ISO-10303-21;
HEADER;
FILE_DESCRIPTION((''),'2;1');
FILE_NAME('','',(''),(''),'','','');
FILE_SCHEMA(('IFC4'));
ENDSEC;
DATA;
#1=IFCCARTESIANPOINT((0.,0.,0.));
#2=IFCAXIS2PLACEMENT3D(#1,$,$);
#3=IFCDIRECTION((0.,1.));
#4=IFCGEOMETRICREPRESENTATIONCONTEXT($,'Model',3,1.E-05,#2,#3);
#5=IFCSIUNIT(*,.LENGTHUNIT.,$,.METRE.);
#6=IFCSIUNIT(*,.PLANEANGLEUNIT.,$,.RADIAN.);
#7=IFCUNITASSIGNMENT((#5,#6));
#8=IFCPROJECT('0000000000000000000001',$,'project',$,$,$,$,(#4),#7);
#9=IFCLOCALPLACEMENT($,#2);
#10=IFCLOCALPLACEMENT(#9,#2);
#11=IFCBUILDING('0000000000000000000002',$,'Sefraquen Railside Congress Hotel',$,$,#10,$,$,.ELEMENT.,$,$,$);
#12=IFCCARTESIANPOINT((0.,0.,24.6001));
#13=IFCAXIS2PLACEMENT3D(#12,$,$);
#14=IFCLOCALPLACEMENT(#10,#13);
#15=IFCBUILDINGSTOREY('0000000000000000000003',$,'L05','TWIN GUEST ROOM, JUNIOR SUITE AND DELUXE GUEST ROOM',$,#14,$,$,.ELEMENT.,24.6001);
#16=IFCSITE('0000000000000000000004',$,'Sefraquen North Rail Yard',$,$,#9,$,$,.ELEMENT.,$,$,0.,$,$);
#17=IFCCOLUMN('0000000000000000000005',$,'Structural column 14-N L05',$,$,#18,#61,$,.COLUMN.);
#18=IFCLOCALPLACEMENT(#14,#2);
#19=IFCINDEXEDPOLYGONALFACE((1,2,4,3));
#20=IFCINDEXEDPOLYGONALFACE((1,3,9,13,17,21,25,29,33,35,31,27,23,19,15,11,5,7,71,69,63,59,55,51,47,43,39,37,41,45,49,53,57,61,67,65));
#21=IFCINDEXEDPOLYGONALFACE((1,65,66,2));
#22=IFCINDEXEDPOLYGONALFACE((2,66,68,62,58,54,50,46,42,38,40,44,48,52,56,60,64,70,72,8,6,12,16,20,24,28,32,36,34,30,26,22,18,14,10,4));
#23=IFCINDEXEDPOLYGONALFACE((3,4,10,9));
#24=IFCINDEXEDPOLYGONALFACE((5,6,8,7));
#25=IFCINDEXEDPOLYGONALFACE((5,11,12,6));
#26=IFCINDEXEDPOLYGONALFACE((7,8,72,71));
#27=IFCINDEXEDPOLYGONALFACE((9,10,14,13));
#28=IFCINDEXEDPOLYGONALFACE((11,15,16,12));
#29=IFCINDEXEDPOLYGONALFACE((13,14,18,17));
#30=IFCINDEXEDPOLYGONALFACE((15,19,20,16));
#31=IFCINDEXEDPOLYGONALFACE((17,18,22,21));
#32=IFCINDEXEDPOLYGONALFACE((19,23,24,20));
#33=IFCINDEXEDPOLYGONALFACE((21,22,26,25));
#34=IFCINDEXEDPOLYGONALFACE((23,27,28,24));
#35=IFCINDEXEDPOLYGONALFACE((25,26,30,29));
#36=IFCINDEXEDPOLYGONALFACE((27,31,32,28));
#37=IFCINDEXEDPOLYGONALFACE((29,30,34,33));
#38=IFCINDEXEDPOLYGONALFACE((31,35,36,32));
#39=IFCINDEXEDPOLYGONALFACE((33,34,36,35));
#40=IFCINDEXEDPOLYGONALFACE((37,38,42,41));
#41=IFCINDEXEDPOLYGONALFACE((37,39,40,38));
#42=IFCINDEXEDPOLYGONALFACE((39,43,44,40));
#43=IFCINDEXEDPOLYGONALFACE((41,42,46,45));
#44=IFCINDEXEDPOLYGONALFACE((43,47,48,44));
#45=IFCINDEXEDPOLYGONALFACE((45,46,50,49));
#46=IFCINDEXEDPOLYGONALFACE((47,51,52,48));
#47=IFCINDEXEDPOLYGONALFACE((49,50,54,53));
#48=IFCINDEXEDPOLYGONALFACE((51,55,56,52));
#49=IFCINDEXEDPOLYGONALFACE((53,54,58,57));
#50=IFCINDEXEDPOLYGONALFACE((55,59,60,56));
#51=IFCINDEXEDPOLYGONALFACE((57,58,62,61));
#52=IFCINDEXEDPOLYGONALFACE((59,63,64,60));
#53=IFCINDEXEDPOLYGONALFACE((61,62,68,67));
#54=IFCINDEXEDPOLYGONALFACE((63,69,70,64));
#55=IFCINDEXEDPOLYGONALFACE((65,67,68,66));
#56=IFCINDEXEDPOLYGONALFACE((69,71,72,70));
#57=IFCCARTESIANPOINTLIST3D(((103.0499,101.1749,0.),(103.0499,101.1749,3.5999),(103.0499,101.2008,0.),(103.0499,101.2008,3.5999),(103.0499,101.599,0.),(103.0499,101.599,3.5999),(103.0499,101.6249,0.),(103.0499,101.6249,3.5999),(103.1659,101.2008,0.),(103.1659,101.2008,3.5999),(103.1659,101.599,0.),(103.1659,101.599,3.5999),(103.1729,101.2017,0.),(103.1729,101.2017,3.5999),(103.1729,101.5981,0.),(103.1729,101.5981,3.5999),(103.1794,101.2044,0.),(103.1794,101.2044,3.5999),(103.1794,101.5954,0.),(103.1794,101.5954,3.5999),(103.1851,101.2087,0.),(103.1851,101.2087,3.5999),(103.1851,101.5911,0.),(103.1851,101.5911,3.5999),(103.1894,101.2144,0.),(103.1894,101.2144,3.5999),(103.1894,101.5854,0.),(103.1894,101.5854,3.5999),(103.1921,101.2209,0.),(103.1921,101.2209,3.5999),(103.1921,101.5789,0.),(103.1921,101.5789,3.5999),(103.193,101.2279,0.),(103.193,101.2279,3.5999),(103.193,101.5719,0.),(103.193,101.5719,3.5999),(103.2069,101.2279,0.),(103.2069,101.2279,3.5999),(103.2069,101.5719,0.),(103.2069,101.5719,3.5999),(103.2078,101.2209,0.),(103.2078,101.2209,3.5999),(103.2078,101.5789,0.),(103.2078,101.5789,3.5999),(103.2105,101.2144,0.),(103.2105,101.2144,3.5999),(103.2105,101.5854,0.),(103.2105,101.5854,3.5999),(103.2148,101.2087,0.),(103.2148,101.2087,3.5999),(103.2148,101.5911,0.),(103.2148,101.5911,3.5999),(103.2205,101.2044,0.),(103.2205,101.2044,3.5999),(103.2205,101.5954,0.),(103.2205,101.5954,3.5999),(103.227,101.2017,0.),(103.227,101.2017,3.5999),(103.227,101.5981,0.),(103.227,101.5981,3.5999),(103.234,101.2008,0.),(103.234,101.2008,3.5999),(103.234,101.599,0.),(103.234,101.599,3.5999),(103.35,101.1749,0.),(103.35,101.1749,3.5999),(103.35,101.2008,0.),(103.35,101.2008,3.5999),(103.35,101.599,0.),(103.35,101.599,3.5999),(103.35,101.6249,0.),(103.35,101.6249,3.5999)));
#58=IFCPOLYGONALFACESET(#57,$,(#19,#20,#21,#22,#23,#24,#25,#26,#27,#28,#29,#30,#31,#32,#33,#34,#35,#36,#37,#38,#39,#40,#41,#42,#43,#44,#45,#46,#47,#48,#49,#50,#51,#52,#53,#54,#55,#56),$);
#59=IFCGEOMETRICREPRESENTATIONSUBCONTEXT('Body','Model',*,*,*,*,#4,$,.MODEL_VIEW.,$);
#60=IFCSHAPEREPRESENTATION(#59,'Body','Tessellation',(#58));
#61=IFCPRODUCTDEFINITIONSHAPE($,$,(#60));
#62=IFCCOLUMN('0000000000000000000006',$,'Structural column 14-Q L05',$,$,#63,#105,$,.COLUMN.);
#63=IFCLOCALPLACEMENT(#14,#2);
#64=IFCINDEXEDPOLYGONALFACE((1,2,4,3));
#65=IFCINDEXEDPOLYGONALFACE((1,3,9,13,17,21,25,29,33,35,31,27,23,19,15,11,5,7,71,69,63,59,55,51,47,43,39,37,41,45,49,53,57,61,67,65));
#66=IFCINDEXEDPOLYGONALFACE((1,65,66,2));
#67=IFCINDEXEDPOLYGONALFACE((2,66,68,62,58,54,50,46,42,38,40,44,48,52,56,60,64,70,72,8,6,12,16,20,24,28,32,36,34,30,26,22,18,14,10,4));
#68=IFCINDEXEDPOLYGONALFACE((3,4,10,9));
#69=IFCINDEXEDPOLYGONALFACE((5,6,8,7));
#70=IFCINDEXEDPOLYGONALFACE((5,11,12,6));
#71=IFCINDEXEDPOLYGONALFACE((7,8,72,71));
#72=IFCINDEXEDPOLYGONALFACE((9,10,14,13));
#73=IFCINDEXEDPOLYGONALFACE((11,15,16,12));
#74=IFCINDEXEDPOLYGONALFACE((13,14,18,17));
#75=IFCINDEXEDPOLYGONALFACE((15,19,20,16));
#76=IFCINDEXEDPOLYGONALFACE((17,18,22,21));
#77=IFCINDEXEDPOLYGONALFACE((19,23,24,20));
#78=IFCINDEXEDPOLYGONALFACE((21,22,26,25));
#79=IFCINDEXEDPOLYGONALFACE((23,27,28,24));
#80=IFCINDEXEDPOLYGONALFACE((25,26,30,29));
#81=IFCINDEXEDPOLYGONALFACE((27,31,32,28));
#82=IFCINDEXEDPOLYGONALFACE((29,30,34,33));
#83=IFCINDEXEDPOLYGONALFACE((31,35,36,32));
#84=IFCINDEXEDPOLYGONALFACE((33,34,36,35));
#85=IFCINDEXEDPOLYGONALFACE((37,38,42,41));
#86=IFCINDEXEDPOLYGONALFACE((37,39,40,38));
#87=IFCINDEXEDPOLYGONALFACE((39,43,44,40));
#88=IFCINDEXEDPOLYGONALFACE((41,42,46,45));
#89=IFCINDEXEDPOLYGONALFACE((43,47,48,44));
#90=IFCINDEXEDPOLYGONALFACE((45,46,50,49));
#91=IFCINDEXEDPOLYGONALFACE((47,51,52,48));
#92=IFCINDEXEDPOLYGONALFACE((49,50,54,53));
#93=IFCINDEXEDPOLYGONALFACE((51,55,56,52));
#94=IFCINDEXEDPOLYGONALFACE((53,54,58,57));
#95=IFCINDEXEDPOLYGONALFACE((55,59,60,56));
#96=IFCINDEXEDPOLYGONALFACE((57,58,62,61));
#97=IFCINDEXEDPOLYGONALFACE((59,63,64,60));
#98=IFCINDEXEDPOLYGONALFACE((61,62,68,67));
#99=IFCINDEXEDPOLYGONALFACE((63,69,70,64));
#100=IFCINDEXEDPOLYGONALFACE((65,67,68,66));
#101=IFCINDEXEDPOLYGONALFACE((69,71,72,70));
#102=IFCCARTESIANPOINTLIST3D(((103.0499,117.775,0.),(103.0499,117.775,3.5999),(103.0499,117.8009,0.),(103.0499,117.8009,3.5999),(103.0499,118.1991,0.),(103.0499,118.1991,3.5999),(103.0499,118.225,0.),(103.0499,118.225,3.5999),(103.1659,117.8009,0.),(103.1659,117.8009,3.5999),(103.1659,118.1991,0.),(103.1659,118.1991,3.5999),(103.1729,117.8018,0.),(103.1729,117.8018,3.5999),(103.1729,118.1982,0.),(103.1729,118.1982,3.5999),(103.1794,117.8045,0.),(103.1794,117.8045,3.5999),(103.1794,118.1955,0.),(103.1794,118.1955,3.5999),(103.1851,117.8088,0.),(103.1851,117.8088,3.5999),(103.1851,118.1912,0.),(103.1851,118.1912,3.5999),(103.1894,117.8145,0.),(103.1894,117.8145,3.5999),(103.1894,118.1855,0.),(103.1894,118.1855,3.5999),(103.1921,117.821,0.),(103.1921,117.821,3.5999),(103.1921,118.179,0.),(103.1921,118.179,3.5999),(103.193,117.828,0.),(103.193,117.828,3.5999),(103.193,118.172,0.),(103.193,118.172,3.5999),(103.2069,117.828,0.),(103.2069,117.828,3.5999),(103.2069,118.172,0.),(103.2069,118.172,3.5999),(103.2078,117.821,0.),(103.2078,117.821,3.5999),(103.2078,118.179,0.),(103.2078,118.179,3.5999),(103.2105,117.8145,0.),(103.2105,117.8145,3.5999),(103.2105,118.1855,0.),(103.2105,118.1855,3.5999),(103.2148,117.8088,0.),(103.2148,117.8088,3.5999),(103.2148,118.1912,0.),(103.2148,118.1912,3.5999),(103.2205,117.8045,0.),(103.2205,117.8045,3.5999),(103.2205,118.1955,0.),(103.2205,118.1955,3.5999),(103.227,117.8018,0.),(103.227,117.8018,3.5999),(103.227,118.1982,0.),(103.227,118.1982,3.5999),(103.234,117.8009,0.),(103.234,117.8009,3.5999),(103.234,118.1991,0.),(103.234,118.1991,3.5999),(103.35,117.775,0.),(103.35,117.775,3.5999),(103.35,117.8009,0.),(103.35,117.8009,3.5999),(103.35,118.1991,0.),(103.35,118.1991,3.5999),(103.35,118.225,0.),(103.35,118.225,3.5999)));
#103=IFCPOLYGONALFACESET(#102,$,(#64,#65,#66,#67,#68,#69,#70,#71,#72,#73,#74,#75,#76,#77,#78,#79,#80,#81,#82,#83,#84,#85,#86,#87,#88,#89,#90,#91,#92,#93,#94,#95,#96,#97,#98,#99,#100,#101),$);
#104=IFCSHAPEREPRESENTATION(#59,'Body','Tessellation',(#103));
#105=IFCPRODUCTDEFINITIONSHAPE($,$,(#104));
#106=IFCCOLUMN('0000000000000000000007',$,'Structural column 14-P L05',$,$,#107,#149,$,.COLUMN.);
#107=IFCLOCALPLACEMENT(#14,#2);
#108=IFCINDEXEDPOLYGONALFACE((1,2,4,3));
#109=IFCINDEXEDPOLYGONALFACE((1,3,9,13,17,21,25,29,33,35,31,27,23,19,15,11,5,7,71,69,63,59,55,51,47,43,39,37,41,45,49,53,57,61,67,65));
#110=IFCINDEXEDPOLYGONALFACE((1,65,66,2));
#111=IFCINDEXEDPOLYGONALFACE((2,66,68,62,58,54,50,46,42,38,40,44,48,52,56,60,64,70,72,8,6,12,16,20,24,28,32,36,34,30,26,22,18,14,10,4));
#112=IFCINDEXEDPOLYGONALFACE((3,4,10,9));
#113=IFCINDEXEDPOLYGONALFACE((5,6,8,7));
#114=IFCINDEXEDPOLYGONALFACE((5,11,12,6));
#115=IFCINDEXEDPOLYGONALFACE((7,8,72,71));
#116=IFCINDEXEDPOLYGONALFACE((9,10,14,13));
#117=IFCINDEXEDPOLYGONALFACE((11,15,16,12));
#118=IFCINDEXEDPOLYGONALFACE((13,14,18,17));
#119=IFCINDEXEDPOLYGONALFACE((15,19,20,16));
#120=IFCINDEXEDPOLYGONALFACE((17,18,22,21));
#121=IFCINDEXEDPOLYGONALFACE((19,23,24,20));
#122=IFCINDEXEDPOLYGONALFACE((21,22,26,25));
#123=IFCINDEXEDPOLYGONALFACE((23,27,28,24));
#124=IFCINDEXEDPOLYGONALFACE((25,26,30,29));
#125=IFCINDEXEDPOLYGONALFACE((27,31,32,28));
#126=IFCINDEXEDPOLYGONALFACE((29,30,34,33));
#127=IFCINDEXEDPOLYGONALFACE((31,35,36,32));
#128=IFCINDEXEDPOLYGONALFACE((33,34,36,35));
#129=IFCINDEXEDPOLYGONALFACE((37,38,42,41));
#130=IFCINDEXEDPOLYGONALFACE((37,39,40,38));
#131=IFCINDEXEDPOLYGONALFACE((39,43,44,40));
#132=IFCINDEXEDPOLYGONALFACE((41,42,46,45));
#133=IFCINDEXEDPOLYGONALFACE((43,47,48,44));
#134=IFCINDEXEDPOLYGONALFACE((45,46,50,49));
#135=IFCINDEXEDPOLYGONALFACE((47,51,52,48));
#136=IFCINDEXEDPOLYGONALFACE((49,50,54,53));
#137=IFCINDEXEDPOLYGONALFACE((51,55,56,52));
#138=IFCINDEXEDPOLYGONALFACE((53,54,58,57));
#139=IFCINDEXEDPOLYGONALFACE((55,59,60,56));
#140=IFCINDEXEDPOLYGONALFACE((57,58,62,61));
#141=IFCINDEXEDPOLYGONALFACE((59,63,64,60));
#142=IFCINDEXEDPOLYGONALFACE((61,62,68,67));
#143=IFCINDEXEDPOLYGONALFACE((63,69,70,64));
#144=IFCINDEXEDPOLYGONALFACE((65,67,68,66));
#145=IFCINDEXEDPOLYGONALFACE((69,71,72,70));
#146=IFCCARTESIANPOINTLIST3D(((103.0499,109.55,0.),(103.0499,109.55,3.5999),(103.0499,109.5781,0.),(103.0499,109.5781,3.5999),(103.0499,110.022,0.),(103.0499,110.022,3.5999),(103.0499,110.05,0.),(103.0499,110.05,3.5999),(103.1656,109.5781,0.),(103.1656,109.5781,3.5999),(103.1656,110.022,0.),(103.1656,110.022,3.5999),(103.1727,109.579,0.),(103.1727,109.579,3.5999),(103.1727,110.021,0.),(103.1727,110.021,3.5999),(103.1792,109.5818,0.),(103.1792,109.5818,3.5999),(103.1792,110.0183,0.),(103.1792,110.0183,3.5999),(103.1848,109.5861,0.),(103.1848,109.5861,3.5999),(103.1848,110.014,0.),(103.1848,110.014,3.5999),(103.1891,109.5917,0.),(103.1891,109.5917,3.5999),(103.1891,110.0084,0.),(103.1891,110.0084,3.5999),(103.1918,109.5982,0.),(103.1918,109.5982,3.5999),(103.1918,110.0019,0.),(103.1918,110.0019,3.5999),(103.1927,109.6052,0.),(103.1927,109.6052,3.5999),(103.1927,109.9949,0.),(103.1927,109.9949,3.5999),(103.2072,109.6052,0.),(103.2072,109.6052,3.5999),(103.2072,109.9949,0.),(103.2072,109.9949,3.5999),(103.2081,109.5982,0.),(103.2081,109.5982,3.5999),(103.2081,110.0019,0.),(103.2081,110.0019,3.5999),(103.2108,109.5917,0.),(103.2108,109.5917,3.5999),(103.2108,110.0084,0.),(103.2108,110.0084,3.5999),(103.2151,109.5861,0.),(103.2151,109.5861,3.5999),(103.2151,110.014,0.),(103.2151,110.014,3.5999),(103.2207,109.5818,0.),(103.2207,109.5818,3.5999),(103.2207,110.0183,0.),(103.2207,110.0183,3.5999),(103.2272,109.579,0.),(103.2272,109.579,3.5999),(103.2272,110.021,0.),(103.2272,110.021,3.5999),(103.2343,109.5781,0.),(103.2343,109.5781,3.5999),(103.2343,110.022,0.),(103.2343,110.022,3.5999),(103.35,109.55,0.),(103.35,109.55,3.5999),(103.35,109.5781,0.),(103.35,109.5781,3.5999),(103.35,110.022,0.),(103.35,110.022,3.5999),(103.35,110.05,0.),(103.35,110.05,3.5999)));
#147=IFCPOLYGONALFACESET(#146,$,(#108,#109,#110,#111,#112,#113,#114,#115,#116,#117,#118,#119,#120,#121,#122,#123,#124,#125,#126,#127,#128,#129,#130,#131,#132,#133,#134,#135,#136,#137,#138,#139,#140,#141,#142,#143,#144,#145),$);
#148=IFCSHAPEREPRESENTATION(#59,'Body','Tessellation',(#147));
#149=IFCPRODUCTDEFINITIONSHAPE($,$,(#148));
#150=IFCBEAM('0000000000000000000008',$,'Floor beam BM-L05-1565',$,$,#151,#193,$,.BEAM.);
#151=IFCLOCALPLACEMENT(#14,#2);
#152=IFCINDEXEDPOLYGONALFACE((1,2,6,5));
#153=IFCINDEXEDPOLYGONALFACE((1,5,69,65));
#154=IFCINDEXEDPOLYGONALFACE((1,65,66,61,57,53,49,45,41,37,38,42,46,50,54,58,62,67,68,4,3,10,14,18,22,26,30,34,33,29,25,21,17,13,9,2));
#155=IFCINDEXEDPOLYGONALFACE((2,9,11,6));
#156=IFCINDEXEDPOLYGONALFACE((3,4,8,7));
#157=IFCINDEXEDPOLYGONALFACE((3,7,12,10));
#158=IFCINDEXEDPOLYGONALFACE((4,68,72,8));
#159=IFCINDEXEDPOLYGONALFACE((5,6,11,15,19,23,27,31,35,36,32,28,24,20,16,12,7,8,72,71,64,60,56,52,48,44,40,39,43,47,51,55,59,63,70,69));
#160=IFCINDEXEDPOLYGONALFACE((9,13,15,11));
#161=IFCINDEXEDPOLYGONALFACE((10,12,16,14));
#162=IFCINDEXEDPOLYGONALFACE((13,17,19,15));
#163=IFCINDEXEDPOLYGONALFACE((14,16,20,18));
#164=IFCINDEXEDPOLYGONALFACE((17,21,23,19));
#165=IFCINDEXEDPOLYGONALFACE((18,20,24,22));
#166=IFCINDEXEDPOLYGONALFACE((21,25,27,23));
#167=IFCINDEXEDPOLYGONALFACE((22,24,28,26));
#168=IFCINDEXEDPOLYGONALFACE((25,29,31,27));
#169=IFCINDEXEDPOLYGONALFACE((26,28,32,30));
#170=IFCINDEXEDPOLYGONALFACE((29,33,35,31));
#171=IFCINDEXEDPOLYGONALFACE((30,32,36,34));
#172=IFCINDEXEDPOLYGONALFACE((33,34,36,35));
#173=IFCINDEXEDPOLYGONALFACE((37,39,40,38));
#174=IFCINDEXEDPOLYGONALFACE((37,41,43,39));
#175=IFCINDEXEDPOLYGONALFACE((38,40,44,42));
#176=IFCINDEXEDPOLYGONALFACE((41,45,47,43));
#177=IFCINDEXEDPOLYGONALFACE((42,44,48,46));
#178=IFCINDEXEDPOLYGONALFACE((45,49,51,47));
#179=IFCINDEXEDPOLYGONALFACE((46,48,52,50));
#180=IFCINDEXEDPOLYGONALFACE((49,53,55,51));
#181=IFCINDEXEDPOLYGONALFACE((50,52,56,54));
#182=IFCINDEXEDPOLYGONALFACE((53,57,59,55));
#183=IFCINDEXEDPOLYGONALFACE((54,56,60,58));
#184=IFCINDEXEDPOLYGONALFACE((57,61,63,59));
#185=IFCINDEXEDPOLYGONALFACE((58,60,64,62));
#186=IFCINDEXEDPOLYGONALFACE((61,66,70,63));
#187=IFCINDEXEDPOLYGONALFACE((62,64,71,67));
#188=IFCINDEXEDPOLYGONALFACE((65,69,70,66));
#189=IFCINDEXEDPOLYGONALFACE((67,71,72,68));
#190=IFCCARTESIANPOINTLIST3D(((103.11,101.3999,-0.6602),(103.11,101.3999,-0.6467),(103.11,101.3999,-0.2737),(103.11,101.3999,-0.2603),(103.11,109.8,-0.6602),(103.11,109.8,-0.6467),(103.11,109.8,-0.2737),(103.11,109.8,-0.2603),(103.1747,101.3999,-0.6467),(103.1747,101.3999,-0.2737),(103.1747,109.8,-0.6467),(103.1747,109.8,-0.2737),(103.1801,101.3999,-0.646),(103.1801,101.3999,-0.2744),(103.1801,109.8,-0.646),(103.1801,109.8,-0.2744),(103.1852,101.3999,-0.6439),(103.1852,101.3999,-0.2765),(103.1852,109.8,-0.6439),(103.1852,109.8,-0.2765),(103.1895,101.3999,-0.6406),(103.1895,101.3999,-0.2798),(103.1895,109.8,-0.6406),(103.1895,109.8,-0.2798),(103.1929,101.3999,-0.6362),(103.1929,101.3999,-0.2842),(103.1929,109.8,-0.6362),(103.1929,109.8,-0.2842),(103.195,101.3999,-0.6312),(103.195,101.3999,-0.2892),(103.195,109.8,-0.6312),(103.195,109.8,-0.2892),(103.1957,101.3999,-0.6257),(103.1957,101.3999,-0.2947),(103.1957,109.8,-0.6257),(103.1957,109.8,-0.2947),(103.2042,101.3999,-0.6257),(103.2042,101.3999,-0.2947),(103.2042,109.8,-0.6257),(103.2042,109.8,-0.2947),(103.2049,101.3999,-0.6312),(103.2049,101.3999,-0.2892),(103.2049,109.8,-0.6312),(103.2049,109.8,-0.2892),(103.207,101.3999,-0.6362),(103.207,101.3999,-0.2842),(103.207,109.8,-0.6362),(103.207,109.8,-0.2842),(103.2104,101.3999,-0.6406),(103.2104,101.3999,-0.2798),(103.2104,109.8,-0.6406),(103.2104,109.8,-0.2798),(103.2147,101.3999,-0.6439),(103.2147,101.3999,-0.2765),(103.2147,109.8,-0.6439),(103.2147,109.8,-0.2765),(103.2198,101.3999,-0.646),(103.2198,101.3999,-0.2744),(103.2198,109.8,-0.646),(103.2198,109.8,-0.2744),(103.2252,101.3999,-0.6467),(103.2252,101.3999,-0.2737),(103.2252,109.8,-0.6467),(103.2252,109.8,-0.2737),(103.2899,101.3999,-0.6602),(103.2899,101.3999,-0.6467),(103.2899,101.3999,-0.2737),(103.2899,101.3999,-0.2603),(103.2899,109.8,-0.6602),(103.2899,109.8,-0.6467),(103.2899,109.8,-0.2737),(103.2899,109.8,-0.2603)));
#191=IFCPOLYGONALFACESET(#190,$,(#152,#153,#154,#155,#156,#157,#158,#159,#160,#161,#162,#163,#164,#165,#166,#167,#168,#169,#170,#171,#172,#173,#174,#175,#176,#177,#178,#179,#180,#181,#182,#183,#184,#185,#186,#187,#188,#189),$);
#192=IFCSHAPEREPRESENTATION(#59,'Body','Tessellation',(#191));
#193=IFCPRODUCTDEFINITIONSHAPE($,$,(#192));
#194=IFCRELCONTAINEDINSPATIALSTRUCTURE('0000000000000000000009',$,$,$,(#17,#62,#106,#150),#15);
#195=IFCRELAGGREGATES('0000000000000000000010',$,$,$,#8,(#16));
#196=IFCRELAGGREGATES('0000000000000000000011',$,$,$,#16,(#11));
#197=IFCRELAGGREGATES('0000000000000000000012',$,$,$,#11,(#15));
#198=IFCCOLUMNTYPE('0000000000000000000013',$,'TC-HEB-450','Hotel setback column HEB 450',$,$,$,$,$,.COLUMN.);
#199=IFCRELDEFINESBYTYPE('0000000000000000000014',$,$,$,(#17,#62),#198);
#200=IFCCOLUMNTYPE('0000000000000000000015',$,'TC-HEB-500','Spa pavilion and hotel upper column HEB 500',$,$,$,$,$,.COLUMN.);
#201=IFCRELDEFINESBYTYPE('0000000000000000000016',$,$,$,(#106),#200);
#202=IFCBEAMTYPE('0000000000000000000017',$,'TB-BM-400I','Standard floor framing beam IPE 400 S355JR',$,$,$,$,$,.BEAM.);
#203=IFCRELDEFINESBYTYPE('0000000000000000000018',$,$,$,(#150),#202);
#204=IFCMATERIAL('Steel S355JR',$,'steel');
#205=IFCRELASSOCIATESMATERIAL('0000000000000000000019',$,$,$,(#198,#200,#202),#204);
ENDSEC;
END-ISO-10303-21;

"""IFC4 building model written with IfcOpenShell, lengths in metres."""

from ifc_helpers import new_model, si_unit, direction, frame, origin, origin_2d, place, context, subcontext, project, spatial, i_section, extrude, material, material_profile, profile_set, type_object, element, save


model = new_model("IFC4")

# Units and contexts
model_context = context("Model", 3, precision=1e-05, world=origin(), true_north=direction((0.0, 1.0)))
body_context = subcontext(model_context, "Body", "Model", "MODEL_VIEW")
ifc_project = project(units=[si_unit("LENGTHUNIT", "METRE"), si_unit("PLANEANGLEUNIT", "RADIAN")], contexts=[model_context])

# Site, building, storey
site_placement = place(None, origin())
site = spatial("IfcSite", under=ifc_project, at=site_placement, Name="Sefraquen North Rail Yard", CompositionType="ELEMENT", RefElevation=0.0)
building_placement = place(site_placement, origin())
building = spatial("IfcBuilding", under=site, at=building_placement, Name="Sefraquen Railside Congress Hotel", CompositionType="ELEMENT")
storey_placement = place(building_placement, frame((0.0, 0.0, 24.6001)))
storey = spatial("IfcBuildingStorey", under=building, at=storey_placement, Name="L05", Description="TWIN GUEST ROOM, JUNIOR SUITE AND DELUXE GUEST ROOM", CompositionType="ELEMENT", Elevation=24.6001)

# Columns
ifc_material_1 = material(Name="Steel S355JR", Category="steel")
ifc_material_profile_1 = material_profile(ifc_material_1, i_section(OverallWidth=0.3, OverallDepth=0.45, WebThickness=0.0139, FlangeThickness=0.0259, FilletRadius=0.0271, at=origin_2d()), Name="HEB 450")
ifc_profile_set_1 = profile_set([ifc_material_profile_1], Name="Steel S355JR")
column_type_1 = type_object("IfcColumnType", Name="TC-HEB-450", Description="Hotel setback column HEB 450", PredefinedType="COLUMN", material=ifc_profile_set_1)
for number, where, z_axis, x_axis, name in (
    (1, (103.2, 101.3999, 0.0), (0.0, 0.0, 1.0), (1.0, 0.0, 0.0), "Structural column 14-N L05"),
    (2, (103.2, 118.0, 0.0), (0.0, 0.0, 1.0), (1.0, 0.0, 0.0), "Structural column 14-Q L05"),
):
    element("IfcColumn", number, at=place(storey_placement, frame(where, z_axis=z_axis, x_axis=x_axis)), inside=storey, type_object=column_type_1, Name=name, PredefinedType="COLUMN", context=body_context, shape_type="SweptSolid", body=[
        extrude(i_section(OverallWidth=0.3, OverallDepth=0.45, WebThickness=0.0139, FlangeThickness=0.0259, FilletRadius=0.0271, at=origin_2d()), origin(), (0.0, 0.0, 1.0), 3.5999),
    ])
ifc_material_profile_2 = material_profile(ifc_material_1, i_section(OverallWidth=0.3, OverallDepth=0.5, WebThickness=0.0144, FlangeThickness=0.0281, FilletRadius=0.0271, at=origin_2d()), Name="HEB 500")
ifc_profile_set_2 = profile_set([ifc_material_profile_2], Name="Steel S355JR")
column_type_2 = type_object("IfcColumnType", Name="TC-HEB-500", Description="Spa pavilion and hotel upper column HEB 500", PredefinedType="COLUMN", material=ifc_profile_set_2)
column_placement = place(storey_placement, frame((103.2, 109.8, 0.0), z_axis=(0.0, 0.0, 1.0), x_axis=(1.0, 0.0, 0.0)))
element("IfcColumn", 3, at=column_placement, inside=storey, type_object=column_type_2, Name="Structural column 14-P L05", PredefinedType="COLUMN", context=body_context, shape_type="SweptSolid", body=[
    extrude(i_section(OverallWidth=0.3, OverallDepth=0.5, WebThickness=0.0144, FlangeThickness=0.0281, FilletRadius=0.0271, at=origin_2d()), origin(), (0.0, 0.0, 1.0), 3.5999),
])

# Beam
ifc_material_profile_3 = material_profile(ifc_material_1, i_section(OverallWidth=0.1799, OverallDepth=0.3999, WebThickness=0.0085, FlangeThickness=0.0134, FilletRadius=0.021, at=origin_2d()), Name="IPE 400")
ifc_profile_set_3 = profile_set([ifc_material_profile_3], Name="Steel S355JR")
beam_type_1 = type_object("IfcBeamType", Name="TB-BM-400I", Description="Standard floor framing beam IPE 400 S355JR", PredefinedType="BEAM", material=ifc_profile_set_3)
beam_1_placement = place(storey_placement, frame((103.2, 101.3999, -0.4602), z_axis=(0.0, 1.0, 0.0), x_axis=(-1.0, 0.0, 0.0)))
element("IfcBeam", 4, at=beam_1_placement, inside=storey, type_object=beam_type_1, Name="Floor beam BM-L05-1565", PredefinedType="BEAM", context=body_context, shape_type="SweptSolid", body=[
    extrude(i_section(OverallWidth=0.1799, OverallDepth=0.3999, WebThickness=0.0085, FlangeThickness=0.0134, FilletRadius=0.021, at=origin_2d()), origin(), (0.0, 0.0, 1.0), 8.4001),
])

save(model, "model.ifc")
